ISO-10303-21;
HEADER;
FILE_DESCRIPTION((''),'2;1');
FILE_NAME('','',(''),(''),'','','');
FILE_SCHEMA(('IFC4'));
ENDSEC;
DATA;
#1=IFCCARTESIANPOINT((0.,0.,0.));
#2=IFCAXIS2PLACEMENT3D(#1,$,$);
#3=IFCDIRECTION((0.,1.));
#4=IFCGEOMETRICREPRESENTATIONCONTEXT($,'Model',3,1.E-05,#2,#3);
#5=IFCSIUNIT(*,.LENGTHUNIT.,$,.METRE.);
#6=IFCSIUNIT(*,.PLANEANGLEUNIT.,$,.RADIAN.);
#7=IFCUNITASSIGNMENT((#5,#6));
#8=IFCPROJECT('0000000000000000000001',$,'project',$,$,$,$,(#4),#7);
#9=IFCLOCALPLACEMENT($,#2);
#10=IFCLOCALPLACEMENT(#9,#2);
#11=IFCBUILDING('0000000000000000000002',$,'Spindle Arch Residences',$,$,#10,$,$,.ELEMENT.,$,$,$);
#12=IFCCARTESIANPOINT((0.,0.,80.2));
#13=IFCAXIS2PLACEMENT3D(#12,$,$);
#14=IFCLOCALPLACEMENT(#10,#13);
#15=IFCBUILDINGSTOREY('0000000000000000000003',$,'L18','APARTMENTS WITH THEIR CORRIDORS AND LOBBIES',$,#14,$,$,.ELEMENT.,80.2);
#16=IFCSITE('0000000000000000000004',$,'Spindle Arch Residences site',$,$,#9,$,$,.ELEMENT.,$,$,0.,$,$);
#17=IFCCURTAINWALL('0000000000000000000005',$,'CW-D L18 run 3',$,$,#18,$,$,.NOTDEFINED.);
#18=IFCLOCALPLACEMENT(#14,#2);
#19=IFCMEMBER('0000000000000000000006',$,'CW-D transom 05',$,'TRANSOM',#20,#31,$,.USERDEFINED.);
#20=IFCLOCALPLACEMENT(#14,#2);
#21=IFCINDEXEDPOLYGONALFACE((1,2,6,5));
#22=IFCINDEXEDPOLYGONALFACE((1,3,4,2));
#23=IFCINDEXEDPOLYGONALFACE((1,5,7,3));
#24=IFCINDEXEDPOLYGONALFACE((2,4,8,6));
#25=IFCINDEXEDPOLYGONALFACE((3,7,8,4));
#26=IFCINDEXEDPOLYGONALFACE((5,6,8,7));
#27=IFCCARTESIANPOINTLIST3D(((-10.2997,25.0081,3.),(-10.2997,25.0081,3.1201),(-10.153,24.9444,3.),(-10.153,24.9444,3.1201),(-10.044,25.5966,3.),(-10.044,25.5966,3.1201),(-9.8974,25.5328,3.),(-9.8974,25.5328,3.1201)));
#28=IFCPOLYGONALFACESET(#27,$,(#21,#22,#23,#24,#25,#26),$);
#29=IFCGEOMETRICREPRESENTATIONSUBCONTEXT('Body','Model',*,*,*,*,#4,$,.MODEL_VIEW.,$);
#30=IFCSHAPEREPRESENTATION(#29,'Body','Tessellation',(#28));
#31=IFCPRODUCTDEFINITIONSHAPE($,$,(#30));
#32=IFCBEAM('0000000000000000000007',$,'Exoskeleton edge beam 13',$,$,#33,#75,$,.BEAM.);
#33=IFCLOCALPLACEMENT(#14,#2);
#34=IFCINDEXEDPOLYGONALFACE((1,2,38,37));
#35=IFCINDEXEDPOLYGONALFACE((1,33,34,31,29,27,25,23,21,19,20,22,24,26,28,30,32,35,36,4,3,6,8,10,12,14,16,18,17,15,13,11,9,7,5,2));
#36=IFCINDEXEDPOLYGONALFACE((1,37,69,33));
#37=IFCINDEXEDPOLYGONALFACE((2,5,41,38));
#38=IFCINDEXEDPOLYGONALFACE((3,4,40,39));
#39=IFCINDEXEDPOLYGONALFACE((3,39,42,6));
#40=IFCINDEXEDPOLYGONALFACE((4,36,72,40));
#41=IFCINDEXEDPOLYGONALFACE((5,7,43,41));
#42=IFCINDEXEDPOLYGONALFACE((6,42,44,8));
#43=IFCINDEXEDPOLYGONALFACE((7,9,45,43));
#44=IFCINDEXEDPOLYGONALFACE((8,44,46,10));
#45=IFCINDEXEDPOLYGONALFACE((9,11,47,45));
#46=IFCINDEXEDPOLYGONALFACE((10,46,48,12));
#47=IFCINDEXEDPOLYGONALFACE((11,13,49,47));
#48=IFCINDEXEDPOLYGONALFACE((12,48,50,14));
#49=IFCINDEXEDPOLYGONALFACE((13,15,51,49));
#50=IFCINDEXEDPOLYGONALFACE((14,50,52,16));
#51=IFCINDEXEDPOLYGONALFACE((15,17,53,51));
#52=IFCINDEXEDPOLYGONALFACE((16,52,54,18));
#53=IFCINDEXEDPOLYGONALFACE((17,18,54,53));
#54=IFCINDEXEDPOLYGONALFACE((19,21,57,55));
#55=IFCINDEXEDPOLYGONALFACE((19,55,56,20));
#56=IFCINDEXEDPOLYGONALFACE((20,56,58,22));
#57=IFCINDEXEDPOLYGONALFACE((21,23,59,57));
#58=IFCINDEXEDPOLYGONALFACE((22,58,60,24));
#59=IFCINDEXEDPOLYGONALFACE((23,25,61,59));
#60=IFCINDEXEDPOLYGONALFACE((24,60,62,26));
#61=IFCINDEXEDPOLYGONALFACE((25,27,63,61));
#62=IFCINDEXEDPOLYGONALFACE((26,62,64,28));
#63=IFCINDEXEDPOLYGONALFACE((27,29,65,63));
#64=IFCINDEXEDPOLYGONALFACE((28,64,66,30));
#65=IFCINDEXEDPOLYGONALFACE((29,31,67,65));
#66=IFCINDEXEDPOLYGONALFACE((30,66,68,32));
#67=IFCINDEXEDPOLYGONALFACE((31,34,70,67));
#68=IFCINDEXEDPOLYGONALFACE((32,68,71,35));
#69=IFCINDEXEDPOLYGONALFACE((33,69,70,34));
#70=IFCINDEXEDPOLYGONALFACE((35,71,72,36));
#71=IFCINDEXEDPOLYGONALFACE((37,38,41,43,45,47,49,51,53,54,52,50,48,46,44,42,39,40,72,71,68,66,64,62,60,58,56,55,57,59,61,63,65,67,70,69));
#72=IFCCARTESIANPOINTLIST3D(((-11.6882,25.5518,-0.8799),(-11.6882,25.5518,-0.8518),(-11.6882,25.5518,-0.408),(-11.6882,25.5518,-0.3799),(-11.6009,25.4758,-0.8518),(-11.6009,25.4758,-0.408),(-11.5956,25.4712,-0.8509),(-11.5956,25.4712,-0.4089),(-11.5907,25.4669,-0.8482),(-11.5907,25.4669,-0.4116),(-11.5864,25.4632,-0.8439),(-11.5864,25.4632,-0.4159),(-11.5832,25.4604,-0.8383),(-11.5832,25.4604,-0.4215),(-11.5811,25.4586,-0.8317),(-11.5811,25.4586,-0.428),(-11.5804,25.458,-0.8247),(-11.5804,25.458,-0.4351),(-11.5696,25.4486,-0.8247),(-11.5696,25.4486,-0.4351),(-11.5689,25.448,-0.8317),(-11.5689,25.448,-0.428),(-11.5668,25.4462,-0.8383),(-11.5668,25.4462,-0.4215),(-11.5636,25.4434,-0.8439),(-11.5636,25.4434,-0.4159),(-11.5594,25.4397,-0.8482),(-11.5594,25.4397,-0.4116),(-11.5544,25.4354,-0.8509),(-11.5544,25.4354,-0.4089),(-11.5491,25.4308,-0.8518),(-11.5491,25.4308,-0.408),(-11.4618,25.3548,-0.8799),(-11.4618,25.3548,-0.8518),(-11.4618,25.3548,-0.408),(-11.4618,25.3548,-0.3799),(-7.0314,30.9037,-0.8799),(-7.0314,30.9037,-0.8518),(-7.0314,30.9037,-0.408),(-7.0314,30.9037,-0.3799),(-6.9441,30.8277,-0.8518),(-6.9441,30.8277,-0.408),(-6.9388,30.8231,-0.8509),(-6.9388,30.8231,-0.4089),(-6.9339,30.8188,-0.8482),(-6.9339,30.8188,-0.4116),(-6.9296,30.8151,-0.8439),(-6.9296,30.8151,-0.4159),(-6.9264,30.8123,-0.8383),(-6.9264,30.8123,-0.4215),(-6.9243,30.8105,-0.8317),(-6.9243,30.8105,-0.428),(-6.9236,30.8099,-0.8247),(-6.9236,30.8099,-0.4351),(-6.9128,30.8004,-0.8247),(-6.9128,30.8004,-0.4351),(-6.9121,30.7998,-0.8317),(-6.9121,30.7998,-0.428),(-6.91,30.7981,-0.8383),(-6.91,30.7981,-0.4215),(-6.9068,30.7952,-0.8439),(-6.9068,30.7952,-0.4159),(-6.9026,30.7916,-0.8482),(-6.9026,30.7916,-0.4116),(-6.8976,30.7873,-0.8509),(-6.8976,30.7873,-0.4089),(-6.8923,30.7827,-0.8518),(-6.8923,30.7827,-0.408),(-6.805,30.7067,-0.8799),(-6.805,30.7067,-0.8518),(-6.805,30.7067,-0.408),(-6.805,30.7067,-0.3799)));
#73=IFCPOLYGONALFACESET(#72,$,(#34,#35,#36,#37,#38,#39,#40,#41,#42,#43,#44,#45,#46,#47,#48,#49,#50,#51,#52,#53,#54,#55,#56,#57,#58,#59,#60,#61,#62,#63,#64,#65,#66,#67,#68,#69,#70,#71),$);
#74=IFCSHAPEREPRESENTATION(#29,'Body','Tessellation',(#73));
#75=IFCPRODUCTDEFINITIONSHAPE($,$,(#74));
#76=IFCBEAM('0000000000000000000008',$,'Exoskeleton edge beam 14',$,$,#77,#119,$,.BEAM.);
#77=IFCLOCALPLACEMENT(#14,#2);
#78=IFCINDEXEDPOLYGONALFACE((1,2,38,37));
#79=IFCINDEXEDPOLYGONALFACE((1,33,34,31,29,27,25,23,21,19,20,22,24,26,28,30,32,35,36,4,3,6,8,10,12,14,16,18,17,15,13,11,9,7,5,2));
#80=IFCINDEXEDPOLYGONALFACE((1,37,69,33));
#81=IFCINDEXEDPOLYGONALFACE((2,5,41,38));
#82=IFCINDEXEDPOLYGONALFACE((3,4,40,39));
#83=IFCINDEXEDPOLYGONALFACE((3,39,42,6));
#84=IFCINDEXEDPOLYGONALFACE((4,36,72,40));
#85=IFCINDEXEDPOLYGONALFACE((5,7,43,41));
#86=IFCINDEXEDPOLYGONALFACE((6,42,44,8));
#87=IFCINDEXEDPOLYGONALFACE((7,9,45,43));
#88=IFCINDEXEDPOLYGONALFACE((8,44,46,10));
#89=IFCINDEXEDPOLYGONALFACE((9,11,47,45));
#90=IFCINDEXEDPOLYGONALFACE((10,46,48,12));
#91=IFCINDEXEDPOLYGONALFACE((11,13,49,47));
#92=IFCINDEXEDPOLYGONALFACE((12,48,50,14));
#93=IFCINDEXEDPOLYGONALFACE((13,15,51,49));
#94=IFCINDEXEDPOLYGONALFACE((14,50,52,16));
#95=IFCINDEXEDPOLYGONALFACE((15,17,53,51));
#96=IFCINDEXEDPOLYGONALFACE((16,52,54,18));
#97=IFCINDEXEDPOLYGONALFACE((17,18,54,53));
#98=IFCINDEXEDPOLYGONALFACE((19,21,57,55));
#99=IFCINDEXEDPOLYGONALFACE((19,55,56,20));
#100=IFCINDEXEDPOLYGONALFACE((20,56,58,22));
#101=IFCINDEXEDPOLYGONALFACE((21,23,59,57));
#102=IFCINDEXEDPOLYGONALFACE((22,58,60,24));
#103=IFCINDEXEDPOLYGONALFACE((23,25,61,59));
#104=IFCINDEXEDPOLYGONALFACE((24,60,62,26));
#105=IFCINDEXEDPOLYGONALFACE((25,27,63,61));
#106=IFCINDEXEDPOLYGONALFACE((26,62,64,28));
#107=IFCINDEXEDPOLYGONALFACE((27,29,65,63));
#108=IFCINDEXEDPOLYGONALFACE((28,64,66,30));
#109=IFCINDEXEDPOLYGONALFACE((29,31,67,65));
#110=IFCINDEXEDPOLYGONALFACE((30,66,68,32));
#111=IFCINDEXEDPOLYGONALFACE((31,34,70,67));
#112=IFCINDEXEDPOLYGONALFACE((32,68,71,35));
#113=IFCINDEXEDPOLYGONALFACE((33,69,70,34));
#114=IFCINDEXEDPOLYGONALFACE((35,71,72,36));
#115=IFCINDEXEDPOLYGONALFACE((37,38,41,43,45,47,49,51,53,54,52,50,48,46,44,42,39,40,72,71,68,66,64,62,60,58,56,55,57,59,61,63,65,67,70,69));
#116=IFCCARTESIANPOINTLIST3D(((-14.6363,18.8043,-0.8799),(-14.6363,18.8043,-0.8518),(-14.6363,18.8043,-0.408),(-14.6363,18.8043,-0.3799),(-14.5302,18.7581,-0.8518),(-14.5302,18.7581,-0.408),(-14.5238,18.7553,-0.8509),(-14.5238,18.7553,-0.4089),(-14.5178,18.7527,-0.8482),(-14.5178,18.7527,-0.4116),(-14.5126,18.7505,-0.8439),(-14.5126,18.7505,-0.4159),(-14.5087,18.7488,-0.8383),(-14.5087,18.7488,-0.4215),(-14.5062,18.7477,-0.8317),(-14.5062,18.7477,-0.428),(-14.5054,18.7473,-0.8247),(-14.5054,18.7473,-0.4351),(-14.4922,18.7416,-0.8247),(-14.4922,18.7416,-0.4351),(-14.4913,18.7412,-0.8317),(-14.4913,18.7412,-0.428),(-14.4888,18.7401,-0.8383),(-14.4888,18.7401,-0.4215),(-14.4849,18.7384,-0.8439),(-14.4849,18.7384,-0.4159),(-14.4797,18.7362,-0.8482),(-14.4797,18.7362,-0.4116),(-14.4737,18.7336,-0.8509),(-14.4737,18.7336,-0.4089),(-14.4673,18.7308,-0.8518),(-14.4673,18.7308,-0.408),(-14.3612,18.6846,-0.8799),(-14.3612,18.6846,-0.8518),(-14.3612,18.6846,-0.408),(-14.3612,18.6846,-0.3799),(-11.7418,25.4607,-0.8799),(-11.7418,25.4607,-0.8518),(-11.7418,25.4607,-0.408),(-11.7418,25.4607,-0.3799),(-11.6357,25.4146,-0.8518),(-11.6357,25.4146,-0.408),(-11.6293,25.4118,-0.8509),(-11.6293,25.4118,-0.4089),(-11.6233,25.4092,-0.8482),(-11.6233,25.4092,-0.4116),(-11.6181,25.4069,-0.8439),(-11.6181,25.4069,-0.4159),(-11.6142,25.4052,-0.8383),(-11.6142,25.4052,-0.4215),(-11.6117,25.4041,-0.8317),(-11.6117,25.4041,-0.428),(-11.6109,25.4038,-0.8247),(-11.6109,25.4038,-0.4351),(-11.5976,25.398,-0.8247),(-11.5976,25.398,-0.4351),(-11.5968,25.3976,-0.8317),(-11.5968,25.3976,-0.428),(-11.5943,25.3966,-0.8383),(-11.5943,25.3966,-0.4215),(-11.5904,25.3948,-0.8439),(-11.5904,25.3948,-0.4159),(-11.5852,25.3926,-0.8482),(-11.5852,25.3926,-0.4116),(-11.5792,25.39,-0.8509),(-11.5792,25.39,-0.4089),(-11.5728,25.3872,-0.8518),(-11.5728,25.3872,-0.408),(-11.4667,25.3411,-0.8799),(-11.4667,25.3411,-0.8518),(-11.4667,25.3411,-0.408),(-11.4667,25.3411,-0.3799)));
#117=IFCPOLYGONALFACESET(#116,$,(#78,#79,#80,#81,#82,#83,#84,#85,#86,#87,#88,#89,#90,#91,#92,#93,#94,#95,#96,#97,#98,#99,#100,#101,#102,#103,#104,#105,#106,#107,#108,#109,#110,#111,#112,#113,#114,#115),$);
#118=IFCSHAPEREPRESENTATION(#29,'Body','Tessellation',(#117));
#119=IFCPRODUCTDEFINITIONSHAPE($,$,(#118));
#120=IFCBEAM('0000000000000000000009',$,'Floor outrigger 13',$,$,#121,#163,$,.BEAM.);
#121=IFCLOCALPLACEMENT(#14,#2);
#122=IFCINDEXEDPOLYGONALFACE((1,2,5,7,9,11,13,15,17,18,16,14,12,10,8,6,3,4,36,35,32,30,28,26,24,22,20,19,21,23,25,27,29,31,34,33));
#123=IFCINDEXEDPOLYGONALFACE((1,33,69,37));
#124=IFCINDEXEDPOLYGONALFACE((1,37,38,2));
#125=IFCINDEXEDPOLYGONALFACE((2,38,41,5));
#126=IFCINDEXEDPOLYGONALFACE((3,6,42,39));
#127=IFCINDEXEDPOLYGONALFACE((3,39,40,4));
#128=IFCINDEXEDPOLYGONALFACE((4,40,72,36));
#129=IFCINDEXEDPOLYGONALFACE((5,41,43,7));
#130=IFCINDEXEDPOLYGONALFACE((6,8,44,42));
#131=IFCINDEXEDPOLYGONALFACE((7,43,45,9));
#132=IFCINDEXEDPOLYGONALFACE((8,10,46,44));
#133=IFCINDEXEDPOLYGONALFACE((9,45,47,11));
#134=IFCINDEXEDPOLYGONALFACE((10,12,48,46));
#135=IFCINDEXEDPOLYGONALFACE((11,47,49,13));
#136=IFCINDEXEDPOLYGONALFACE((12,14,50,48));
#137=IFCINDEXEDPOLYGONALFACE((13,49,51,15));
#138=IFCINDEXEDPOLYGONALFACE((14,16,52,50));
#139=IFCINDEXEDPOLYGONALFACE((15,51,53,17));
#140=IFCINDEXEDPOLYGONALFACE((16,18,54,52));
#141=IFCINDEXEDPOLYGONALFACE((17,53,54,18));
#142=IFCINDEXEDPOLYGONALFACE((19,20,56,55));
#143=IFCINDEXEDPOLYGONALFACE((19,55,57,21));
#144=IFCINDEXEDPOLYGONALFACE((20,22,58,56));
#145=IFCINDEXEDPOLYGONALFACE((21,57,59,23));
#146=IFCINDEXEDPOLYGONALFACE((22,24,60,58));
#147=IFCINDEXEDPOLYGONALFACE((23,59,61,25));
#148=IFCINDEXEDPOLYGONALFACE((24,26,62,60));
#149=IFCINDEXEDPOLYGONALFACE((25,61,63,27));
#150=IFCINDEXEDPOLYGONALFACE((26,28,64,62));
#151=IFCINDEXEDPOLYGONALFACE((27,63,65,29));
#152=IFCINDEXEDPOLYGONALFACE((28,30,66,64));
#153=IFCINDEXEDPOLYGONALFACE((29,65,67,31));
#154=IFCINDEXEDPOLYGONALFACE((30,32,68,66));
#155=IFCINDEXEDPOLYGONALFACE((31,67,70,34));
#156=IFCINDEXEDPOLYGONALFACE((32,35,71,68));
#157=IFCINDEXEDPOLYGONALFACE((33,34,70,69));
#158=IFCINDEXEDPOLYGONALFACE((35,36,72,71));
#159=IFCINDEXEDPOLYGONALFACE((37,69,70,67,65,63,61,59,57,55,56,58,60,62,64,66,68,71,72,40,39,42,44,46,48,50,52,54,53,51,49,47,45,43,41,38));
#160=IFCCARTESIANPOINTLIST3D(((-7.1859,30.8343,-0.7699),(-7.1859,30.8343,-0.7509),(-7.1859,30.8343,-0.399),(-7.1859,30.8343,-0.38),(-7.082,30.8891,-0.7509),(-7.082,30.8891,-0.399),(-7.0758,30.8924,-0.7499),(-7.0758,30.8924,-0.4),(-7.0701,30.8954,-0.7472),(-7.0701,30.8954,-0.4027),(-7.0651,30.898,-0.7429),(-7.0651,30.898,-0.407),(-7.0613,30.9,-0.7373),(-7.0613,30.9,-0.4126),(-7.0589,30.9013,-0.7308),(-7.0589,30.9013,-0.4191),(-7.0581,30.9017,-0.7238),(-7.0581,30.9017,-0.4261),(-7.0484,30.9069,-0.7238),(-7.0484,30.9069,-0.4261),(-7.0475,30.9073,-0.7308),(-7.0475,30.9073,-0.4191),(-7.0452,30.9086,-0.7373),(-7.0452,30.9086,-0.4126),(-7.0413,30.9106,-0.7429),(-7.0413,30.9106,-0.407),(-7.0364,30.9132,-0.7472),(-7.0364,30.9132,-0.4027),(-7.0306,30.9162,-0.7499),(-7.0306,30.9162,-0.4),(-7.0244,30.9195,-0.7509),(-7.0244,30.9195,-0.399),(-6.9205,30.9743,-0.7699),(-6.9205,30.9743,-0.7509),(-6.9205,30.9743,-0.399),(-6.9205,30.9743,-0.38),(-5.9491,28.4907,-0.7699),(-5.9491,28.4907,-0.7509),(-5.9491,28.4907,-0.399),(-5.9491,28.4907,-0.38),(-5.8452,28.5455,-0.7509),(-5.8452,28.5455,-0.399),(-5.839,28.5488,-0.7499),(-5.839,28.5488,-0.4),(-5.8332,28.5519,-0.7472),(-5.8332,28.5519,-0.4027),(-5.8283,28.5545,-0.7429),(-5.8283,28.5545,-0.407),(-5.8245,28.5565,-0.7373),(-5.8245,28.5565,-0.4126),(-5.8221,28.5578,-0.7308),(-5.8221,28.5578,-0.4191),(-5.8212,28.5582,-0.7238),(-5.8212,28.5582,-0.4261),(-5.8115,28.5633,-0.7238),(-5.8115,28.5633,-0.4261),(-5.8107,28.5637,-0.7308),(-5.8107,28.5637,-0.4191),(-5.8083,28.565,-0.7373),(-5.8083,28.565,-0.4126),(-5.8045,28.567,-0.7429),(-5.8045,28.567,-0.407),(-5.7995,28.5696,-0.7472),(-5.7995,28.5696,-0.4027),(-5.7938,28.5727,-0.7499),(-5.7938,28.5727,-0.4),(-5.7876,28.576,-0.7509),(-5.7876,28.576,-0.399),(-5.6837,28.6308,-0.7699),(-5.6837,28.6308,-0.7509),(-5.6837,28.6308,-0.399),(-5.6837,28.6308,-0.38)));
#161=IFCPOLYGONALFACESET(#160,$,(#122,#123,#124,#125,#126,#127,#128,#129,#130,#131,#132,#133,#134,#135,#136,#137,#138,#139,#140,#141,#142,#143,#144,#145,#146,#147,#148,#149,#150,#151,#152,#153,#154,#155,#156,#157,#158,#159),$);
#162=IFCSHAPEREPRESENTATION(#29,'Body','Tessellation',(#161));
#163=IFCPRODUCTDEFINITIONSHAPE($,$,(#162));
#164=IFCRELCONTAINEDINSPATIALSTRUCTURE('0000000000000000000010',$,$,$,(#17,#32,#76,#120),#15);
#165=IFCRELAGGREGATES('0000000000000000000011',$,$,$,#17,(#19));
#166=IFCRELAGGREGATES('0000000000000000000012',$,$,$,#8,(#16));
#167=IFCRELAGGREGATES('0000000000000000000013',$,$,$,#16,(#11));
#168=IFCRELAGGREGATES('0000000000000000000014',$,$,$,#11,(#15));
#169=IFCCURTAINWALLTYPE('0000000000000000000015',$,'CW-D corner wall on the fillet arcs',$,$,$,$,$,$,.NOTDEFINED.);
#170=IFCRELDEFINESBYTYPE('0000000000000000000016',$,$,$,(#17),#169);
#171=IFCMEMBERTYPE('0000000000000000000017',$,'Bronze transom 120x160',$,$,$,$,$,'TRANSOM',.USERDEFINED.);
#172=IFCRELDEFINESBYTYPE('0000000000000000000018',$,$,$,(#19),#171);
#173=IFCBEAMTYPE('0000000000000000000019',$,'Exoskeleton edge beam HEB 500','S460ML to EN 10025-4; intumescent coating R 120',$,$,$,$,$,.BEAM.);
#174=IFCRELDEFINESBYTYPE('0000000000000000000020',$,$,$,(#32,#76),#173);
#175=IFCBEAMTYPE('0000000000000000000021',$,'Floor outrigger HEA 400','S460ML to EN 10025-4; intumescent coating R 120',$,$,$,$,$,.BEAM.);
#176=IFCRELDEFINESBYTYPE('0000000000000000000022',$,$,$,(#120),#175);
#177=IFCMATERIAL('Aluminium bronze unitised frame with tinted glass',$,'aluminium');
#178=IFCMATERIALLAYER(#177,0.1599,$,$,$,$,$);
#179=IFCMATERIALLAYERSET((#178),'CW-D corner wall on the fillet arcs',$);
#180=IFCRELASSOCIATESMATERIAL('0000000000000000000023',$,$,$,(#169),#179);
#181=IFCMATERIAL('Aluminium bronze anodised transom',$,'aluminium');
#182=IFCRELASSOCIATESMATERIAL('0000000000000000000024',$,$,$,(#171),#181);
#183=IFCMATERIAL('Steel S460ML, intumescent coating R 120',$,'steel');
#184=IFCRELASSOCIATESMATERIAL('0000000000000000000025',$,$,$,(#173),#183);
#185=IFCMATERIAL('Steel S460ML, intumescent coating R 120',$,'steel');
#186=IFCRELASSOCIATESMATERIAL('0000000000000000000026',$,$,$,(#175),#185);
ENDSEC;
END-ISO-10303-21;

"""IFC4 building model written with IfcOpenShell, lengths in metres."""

from ifc_helpers import new_model, si_unit, direction, frame, origin, origin_2d, place, context, subcontext, project, spatial, rectangle, i_section, extrude, material, layer, layer_set, material_profile, profile_set, type_object, element, aggregate, save


model = new_model("IFC4")

# Units and contexts
model_context = context("Model", 3, precision=1e-05, world=origin(), true_north=direction((0.0, 1.0)))
body_context = subcontext(model_context, "Body", "Model", "MODEL_VIEW")
ifc_project = project(units=[si_unit("LENGTHUNIT", "METRE"), si_unit("PLANEANGLEUNIT", "RADIAN")], contexts=[model_context])

# Site, building, storey
site_placement = place(None, origin())
site = spatial("IfcSite", under=ifc_project, at=site_placement, Name="Spindle Arch Residences site", CompositionType="ELEMENT", RefElevation=0.0)
building_placement = place(site_placement, origin())
building = spatial("IfcBuilding", under=site, at=building_placement, Name="Spindle Arch Residences", CompositionType="ELEMENT")
storey_placement = place(building_placement, frame((0.0, 0.0, 80.2)))
storey = spatial("IfcBuildingStorey", under=building, at=storey_placement, Name="L18", Description="APARTMENTS WITH THEIR CORRIDORS AND LOBBIES", CompositionType="ELEMENT", Elevation=80.2)

# Curtain wall, member
ifc_material_1 = material(Name="Aluminium bronze unitised frame with tinted glass", Category="aluminium")
ifc_layer_1 = layer(ifc_material_1, 0.1599)
ifc_layer_set_1 = layer_set([ifc_layer_1], Name="CW-D corner wall on the fillet arcs")
curtain_wall_type = type_object("IfcCurtainWallType", Name="CW-D corner wall on the fillet arcs", PredefinedType="NOTDEFINED", material=ifc_layer_set_1)
curtain_wall_placement = place(storey_placement, origin())
curtain_wall = element("IfcCurtainWall", 1, at=curtain_wall_placement, inside=storey, type_object=curtain_wall_type, Name="CW-D L18 run 3", PredefinedType="NOTDEFINED")
ifc_material_2 = material(Name="Aluminium bronze anodised transom", Category="aluminium")
ifc_material_profile_1 = material_profile(ifc_material_2, rectangle(XDim=0.1599, YDim=0.1201, at=origin_2d()), Name="TR 120x160")
ifc_profile_set_1 = profile_set([ifc_material_profile_1], Name="Aluminium bronze anodised transom")
member_type_1 = type_object("IfcMemberType", Name="Bronze transom 120x160", ElementType="TRANSOM", PredefinedType="USERDEFINED", material=ifc_profile_set_1)
member_1_placement = place(storey_placement, frame((-9.9707, 25.5647, 3.0601), z_axis=(-0.398462, -0.917185, 0.0), x_axis=(0.917185, -0.398462, 0.0)))
member_1 = element("IfcMember", 2, at=member_1_placement, type_object=member_type_1, Name="CW-D transom 05", ObjectType="TRANSOM", PredefinedType="USERDEFINED", context=body_context, shape_type="SweptSolid", body=[
    extrude(rectangle(XDim=0.1599, YDim=0.1201, at=origin_2d()), origin(), (0.0, 0.0, 1.0), 0.6416),
])

# Beams
ifc_material_3 = material(Name="Steel S460ML, intumescent coating R 120", Category="steel")
ifc_material_profile_2 = material_profile(ifc_material_3, i_section(OverallWidth=0.3, OverallDepth=0.5, WebThickness=0.0144, FlangeThickness=0.0281, FilletRadius=0.0271, at=origin_2d()), Name="HEB 500")
ifc_profile_set_2 = profile_set([ifc_material_profile_2], Name="Steel S460ML, intumescent coating R 120")
beam_type_1 = type_object("IfcBeamType", Name="Exoskeleton edge beam HEB 500", Description="S460ML to EN 10025-4; intumescent coating R 120", PredefinedType="BEAM", material=ifc_profile_set_2)
beam_1_placement = place(storey_placement, frame((-6.9182, 30.8052, -0.6299), z_axis=(-0.656419, -0.754397, 0.0), x_axis=(0.754397, -0.656419, 0.0)))
element("IfcBeam", 3, at=beam_1_placement, inside=storey, type_object=beam_type_1, Name="Exoskeleton edge beam 13", PredefinedType="BEAM", context=body_context, shape_type="SweptSolid", body=[
    extrude(i_section(OverallWidth=0.3, OverallDepth=0.5, WebThickness=0.0144, FlangeThickness=0.0281, FilletRadius=0.0271, at=origin_2d()), origin(), (0.0, 0.0, 1.0), 7.0942),
])
beam_2_placement = place(storey_placement, frame((-11.6042, 25.4009, -0.6299), z_axis=(-0.398773, -0.91705, 0.0), x_axis=(0.91705, -0.398773, 0.0)))
element("IfcBeam", 4, at=beam_2_placement, inside=storey, type_object=beam_type_1, Name="Exoskeleton edge beam 14", PredefinedType="BEAM", context=body_context, shape_type="SweptSolid", body=[
    extrude(i_section(OverallWidth=0.3, OverallDepth=0.5, WebThickness=0.0144, FlangeThickness=0.0281, FilletRadius=0.0271, at=origin_2d()), origin(), (0.0, 0.0, 1.0), 7.2585),
])
ifc_material_4 = material(Name="Steel S460ML, intumescent coating R 120", Category="steel")
ifc_material_profile_3 = material_profile(ifc_material_4, i_section(OverallWidth=0.3, OverallDepth=0.3899, WebThickness=0.011, FlangeThickness=0.019, FilletRadius=0.0271, at=origin_2d()), Name="HEA 400")
ifc_profile_set_3 = profile_set([ifc_material_profile_3], Name="Steel S460ML, intumescent coating R 120")
beam_type_2 = type_object("IfcBeamType", Name="Floor outrigger HEA 400", Description="S460ML to EN 10025-4; intumescent coating R 120", PredefinedType="BEAM", material=ifc_profile_set_3)
beam_3_placement = place(storey_placement, frame((-7.0532, 30.9043, -0.575), z_axis=(0.466749, -0.88439, 0.0), x_axis=(0.88439, 0.466749, 0.0)))
element("IfcBeam", 5, at=beam_3_placement, inside=storey, type_object=beam_type_2, Name="Floor outrigger 13", PredefinedType="BEAM", context=body_context, shape_type="SweptSolid", body=[
    extrude(i_section(OverallWidth=0.3, OverallDepth=0.3899, WebThickness=0.011, FlangeThickness=0.019, FilletRadius=0.0271, at=origin_2d()), origin(), (0.0, 0.0, 1.0), 2.6499),
])

aggregate(curtain_wall, [member_1])

save(model, "model.ifc")
